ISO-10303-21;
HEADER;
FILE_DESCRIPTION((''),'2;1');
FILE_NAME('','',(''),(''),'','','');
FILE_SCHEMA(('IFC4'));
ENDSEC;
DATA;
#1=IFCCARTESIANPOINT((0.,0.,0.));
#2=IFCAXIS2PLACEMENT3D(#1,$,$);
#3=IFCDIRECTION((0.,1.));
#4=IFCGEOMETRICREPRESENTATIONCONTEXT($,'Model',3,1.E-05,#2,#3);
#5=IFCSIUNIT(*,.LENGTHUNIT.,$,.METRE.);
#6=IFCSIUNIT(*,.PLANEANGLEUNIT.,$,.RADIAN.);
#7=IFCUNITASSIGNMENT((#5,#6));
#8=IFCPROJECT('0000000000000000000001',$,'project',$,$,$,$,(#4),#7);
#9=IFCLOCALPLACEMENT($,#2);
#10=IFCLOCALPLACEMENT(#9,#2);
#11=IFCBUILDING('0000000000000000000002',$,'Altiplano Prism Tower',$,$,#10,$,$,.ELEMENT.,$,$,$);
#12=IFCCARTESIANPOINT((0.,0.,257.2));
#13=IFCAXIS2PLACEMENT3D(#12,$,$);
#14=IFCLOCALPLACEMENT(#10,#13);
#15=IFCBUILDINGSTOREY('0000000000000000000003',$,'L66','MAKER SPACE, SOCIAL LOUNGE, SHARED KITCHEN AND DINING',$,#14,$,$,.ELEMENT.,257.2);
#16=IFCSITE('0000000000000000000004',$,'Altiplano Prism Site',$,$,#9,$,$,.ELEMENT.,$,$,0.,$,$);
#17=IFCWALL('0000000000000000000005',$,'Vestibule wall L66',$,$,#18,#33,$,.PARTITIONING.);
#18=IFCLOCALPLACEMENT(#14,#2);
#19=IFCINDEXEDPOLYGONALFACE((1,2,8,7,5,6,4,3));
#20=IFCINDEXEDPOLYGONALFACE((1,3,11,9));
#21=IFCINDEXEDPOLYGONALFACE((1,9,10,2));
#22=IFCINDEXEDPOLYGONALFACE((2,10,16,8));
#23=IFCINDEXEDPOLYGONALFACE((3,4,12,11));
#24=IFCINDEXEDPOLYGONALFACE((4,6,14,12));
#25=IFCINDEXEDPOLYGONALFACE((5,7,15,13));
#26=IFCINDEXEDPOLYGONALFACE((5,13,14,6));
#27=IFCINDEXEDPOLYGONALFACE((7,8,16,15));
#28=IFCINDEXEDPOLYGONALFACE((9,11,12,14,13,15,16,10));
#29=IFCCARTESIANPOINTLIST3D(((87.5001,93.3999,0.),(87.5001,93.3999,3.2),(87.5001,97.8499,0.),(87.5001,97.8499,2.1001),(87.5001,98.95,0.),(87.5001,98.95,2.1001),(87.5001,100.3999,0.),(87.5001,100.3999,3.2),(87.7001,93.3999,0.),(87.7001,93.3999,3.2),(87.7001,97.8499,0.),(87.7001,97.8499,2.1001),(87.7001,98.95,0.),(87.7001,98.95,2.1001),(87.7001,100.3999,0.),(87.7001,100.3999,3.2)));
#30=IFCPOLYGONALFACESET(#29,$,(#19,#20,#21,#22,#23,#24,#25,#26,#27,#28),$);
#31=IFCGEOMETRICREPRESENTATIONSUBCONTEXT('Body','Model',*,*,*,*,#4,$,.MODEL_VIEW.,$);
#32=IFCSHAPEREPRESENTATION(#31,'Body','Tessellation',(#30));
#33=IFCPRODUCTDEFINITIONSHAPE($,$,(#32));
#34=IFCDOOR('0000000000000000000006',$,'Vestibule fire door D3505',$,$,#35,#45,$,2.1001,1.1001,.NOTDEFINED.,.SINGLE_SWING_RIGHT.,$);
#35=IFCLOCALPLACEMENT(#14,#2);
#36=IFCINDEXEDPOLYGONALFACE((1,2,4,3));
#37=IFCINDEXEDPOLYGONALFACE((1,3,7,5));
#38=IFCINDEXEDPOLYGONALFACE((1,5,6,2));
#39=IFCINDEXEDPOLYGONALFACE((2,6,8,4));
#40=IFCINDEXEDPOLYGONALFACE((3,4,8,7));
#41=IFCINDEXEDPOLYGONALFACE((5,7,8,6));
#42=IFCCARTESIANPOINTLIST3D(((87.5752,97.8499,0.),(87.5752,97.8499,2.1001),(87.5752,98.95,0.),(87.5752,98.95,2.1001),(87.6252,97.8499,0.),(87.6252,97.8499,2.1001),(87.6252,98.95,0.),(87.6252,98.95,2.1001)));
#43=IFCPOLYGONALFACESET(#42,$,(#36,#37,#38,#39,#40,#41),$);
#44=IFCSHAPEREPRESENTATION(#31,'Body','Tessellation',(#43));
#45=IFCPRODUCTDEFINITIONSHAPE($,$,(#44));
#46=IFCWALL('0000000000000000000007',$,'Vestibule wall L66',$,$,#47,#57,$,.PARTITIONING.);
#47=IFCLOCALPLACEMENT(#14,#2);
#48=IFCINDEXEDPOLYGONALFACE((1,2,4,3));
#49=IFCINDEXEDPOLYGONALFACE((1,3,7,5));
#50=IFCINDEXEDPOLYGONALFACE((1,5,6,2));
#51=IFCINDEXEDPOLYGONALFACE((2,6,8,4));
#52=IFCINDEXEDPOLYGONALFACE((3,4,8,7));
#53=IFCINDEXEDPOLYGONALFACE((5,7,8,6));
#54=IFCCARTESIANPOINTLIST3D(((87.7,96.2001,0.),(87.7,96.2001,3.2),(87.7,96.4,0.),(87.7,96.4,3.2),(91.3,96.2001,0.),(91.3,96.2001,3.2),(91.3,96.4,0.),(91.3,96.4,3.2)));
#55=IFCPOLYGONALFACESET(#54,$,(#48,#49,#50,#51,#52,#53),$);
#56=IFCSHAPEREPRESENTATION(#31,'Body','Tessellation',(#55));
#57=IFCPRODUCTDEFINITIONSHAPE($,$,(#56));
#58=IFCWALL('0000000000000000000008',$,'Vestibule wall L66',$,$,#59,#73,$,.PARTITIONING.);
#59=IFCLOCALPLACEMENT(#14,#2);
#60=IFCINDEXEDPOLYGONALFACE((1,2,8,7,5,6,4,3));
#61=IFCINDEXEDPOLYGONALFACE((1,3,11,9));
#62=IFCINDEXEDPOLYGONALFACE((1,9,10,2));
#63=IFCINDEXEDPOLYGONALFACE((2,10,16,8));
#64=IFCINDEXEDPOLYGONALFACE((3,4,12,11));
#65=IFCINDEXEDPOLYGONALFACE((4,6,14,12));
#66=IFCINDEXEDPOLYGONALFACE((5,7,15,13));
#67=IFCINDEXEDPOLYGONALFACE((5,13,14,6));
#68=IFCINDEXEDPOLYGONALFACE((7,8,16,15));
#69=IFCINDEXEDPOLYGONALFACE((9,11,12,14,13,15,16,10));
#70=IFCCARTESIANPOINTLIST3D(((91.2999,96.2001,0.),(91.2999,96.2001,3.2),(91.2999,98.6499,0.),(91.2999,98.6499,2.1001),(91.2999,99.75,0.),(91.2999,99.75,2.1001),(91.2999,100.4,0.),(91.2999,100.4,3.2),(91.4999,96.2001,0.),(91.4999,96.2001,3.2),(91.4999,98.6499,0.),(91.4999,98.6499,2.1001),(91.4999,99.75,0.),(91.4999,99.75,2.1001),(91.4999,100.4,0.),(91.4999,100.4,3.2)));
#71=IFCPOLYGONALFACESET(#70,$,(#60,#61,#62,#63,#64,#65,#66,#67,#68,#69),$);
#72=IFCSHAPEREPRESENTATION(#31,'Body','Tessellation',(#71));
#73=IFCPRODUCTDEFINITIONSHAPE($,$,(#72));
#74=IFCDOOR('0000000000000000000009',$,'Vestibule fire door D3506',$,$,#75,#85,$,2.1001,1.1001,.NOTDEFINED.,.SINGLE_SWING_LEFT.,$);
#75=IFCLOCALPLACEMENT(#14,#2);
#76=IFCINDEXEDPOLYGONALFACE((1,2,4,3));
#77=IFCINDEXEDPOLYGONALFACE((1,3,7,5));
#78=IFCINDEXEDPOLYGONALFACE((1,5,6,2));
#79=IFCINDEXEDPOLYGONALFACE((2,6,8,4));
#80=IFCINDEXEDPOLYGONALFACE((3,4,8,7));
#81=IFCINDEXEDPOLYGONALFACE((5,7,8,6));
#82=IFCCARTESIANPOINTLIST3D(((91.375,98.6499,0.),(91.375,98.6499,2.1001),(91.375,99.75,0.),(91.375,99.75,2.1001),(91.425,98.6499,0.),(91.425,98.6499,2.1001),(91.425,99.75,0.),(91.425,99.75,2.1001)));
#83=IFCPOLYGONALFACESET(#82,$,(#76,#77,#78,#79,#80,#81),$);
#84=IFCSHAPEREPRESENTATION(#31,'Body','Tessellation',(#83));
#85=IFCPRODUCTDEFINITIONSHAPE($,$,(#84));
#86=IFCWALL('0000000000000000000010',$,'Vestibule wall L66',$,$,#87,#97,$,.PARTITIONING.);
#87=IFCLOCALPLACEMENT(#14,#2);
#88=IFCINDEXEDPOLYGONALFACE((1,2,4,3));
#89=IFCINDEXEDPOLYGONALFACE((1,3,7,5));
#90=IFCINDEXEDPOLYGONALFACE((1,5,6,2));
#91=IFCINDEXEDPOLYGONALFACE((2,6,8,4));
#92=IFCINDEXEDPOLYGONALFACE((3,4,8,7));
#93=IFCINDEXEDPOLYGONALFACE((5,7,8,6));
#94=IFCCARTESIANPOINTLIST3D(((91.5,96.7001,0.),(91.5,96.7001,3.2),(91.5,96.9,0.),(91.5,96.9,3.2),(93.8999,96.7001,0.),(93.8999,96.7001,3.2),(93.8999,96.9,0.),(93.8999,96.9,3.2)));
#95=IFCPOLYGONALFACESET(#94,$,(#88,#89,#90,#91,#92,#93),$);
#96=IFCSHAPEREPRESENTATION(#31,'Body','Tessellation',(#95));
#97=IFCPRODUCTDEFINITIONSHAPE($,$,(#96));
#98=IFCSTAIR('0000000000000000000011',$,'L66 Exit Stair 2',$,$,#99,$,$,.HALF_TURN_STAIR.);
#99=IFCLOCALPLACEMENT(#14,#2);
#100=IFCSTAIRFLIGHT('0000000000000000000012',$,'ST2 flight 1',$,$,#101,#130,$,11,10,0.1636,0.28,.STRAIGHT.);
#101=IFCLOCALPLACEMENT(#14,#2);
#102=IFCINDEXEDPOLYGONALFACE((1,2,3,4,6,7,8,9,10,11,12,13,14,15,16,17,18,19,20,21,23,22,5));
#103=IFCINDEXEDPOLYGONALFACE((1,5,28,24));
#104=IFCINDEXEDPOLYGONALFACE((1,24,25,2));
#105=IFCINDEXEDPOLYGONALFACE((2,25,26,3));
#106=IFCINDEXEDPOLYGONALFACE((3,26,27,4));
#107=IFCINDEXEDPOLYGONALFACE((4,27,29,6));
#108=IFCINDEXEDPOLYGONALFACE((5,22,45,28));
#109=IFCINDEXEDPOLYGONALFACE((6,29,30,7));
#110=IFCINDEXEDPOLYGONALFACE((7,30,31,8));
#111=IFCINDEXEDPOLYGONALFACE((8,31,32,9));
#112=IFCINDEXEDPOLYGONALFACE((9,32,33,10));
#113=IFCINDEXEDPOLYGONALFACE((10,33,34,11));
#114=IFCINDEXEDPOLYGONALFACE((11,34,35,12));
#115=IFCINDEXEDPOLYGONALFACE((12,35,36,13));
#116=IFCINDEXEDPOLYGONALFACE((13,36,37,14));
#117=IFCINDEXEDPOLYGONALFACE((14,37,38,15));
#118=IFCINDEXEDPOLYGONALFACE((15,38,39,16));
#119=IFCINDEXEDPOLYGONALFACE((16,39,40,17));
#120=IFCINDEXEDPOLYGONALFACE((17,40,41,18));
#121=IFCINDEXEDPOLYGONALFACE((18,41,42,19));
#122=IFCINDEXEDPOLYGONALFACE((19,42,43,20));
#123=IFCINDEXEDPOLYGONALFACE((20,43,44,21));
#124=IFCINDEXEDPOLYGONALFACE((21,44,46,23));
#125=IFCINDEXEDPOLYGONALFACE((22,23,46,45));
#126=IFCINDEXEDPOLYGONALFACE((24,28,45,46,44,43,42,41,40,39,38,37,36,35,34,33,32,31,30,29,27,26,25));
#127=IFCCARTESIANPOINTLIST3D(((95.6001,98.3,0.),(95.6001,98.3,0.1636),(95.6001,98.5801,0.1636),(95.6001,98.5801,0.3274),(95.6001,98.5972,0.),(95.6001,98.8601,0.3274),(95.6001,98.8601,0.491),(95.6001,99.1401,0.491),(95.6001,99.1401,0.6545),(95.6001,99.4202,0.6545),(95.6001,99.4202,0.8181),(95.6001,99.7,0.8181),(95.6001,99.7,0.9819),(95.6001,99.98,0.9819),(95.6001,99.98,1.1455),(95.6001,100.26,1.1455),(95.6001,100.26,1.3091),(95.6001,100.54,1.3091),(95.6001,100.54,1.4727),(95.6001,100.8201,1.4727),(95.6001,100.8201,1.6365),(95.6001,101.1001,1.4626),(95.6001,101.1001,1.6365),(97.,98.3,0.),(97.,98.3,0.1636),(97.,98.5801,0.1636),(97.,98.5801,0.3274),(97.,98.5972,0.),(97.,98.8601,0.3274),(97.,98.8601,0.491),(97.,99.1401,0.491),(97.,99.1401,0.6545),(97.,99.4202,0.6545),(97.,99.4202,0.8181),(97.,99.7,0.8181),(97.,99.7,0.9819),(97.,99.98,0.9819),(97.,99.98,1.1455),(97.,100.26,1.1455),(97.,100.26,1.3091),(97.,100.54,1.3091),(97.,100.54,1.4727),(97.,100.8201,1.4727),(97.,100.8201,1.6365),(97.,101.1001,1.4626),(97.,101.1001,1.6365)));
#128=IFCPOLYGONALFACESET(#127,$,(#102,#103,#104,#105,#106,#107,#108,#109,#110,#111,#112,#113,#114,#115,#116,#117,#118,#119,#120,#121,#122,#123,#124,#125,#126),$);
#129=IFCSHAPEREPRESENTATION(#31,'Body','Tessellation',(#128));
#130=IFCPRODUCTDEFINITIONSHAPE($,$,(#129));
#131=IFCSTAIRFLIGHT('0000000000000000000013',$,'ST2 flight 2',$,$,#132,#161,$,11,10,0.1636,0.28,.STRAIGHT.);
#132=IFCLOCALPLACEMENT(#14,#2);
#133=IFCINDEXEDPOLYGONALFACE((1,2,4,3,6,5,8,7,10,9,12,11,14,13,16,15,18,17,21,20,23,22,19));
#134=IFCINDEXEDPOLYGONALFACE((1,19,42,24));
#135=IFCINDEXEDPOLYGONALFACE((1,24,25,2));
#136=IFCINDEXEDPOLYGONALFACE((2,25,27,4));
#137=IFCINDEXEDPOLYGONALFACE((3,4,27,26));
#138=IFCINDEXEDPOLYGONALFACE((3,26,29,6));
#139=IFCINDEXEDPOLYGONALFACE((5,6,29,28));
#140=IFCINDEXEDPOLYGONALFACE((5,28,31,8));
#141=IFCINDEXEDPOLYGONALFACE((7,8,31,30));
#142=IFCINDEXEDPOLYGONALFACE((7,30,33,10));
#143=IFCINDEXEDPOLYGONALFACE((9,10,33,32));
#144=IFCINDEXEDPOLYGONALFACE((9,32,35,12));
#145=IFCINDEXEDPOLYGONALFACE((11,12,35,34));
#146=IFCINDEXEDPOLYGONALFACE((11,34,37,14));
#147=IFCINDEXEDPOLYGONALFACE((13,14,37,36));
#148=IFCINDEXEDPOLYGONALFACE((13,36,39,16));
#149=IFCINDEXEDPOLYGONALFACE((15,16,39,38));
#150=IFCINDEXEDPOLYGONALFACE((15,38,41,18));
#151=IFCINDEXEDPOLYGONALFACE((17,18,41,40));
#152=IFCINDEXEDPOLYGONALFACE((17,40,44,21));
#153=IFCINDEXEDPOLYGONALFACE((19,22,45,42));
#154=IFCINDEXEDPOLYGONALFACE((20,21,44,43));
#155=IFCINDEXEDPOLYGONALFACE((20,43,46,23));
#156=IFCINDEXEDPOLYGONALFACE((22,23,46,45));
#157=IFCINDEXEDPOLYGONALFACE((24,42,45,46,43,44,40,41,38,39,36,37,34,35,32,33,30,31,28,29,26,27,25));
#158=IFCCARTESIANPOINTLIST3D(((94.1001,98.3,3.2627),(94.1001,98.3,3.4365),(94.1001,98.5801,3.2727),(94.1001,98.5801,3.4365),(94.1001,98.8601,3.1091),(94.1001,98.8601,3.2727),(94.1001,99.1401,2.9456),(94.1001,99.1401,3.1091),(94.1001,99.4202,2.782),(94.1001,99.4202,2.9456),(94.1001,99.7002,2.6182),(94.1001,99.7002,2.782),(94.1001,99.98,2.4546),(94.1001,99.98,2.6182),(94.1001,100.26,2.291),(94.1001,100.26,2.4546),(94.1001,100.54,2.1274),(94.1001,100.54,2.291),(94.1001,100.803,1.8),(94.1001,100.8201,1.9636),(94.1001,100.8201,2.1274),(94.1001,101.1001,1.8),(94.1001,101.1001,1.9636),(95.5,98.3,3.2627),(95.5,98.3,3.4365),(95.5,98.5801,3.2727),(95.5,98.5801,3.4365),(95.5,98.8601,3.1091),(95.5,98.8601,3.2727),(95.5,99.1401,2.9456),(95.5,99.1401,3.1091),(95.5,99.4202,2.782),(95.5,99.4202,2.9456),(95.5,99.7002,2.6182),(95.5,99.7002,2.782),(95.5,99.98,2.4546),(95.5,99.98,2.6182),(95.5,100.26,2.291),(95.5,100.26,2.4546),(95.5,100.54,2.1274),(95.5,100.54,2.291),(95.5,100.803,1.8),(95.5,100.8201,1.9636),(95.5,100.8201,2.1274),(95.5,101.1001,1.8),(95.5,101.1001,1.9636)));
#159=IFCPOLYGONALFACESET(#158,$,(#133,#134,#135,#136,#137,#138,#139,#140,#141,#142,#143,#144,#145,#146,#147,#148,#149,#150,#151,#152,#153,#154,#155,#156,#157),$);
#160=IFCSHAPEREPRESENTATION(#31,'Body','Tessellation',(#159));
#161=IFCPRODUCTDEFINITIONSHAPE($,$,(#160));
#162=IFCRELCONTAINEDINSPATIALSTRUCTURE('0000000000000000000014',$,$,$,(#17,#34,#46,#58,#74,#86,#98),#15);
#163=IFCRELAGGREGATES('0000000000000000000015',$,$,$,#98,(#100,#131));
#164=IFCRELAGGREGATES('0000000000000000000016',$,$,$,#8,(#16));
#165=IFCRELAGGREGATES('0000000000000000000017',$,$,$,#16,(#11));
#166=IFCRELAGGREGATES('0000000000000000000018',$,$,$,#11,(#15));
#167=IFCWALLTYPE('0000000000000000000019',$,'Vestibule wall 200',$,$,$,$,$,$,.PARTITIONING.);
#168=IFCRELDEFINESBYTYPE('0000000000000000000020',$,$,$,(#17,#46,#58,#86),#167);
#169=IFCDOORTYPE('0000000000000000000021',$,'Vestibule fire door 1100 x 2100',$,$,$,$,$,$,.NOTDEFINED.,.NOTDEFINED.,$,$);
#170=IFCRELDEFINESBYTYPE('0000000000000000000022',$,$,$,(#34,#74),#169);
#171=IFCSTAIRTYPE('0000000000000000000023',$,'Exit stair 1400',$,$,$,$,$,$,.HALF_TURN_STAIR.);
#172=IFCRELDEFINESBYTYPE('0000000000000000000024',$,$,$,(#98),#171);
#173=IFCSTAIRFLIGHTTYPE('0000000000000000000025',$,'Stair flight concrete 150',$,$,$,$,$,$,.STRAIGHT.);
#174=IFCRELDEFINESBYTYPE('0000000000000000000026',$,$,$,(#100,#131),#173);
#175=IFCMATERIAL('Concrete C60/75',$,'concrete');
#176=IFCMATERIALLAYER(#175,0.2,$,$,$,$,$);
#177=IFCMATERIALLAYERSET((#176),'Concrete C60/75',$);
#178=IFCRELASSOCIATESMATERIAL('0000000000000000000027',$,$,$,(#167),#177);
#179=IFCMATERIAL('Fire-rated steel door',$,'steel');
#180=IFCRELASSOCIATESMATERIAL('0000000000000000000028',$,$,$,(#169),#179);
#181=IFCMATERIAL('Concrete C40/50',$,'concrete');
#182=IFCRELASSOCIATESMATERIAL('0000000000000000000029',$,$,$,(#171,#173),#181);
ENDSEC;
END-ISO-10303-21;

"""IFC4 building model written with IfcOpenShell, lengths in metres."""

from ifc_helpers import new_model, si_unit, direction, frame, frame_2d, origin, place, context, subcontext, project, spatial, polyline, rectangle, outline, extrude, material, layer, layer_set, type_object, element, fill, aggregate, save


model = new_model("IFC4")

# Units and contexts
model_context = context("Model", 3, precision=1e-05, world=origin(), true_north=direction((0.0, 1.0)))
body_context = subcontext(model_context, "Body", "Model", "MODEL_VIEW")
ifc_project = project(units=[si_unit("LENGTHUNIT", "METRE"), si_unit("PLANEANGLEUNIT", "RADIAN")], contexts=[model_context])

# Site, building, storey
site_placement = place(None, origin())
site = spatial("IfcSite", under=ifc_project, at=site_placement, Name="Altiplano Prism Site", CompositionType="ELEMENT", RefElevation=0.0)
building_placement = place(site_placement, origin())
building = spatial("IfcBuilding", under=site, at=building_placement, Name="Altiplano Prism Tower", CompositionType="ELEMENT")
storey_placement = place(building_placement, frame((0.0, 0.0, 257.2)))
storey = spatial("IfcBuildingStorey", under=building, at=storey_placement, Name="L66", Description="MAKER SPACE, SOCIAL LOUNGE, SHARED KITCHEN AND DINING", CompositionType="ELEMENT", Elevation=257.2)

# Shared definitions
ifc_material_1 = material(Name="Concrete C60/75", Category="concrete")

# Shared definitions
ifc_material_2 = material(Name="Fire-rated steel door", Category="steel")

# Shared definitions
ifc_layer_1 = layer(ifc_material_1, 0.2)
ifc_layer_set_1 = layer_set([ifc_layer_1], Name="Concrete C60/75")
wall_type_1 = type_object("IfcWallType", Name="Vestibule wall 200", PredefinedType="PARTITIONING", material=ifc_layer_set_1)

# Wall, opening, door
wall_1_placement = place(storey_placement, frame((87.6001, 93.3999, 0.0), z_axis=(0.0, 0.0, 1.0), x_axis=(0.0, 1.0, 0.0)))
wall_1 = element("IfcWall", 1, at=wall_1_placement, inside=storey, type_object=wall_type_1, Name="Vestibule wall L66", PredefinedType="PARTITIONING", context=body_context, shape_type="SweptSolid", body=[
    extrude(rectangle(XDim=7.0, YDim=0.2, at=frame_2d((3.5, 0.0))), origin(), (0.0, 0.0, 1.0), 3.2),
])
opening_1_placement = place(wall_1_placement, frame((4.45, 0.0, 0.0)))
opening_1 = element("IfcOpeningElement", 2, at=opening_1_placement, cuts=wall_1, PredefinedType="OPENING", context=body_context, shape_type="SweptSolid", body=[
    extrude(rectangle(XDim=1.1001, YDim=2.1001, at=frame_2d((0.55, 1.05))), frame((0.0, 0.1104, 0.0), z_axis=(0.0, -1.0, 0.0), x_axis=(1.0, 0.0, 0.0)), (0.0, 0.0, 1.0), 0.2209),
])
door_type_1 = type_object("IfcDoorType", Name="Vestibule fire door 1100 x 2100", OperationType="NOTDEFINED", PredefinedType="NOTDEFINED", material=ifc_material_2)
door_1_placement = place(opening_1_placement, origin())
door_1 = element("IfcDoor", 3, at=door_1_placement, inside=storey, type_object=door_type_1, Name="Vestibule fire door D3505", OperationType="SINGLE_SWING_RIGHT", OverallHeight=2.1001, OverallWidth=1.1001, PredefinedType="NOTDEFINED", context=body_context, shape_type="SweptSolid", body=[
    extrude(rectangle(XDim=1.1001, YDim=2.1001, at=frame_2d((0.55, 1.05))), frame((0.0, 0.0249, 0.0), z_axis=(0.0, -1.0, 0.0), x_axis=(1.0, 0.0, 0.0)), (0.0, 0.0, 1.0), 0.05),
])
fill(opening_1, door_1)

# Wall
wall_2_placement = place(storey_placement, frame((87.7, 96.3, 0.0), z_axis=(0.0, 0.0, 1.0), x_axis=(1.0, 0.0, 0.0)))
element("IfcWall", 4, at=wall_2_placement, inside=storey, type_object=wall_type_1, Name="Vestibule wall L66", PredefinedType="PARTITIONING", context=body_context, shape_type="SweptSolid", body=[
    extrude(rectangle(XDim=3.6001, YDim=0.2, at=frame_2d((1.8, 0.0))), origin(), (0.0, 0.0, 1.0), 3.2),
])

# Wall, opening, door
wall_3_placement = place(storey_placement, frame((91.3999, 96.2, 0.0), z_axis=(0.0, 0.0, 1.0), x_axis=(0.0, 1.0, 0.0)))
wall_3 = element("IfcWall", 5, at=wall_3_placement, inside=storey, type_object=wall_type_1, Name="Vestibule wall L66", PredefinedType="PARTITIONING", context=body_context, shape_type="SweptSolid", body=[
    extrude(rectangle(XDim=4.2, YDim=0.2, at=frame_2d((2.1001, 0.0))), origin(), (0.0, 0.0, 1.0), 3.2),
])
opening_2_placement = place(wall_3_placement, frame((2.45, 0.0, 0.0)))
opening_2 = element("IfcOpeningElement", 6, at=opening_2_placement, cuts=wall_3, PredefinedType="OPENING", context=body_context, shape_type="SweptSolid", body=[
    extrude(rectangle(XDim=1.1001, YDim=2.1001, at=frame_2d((0.55, 1.05))), frame((0.0, 0.1104, 0.0), z_axis=(0.0, -1.0, 0.0), x_axis=(1.0, 0.0, 0.0)), (0.0, 0.0, 1.0), 0.2209),
])
door_2_placement = place(opening_2_placement, origin())
door_2 = element("IfcDoor", 7, at=door_2_placement, inside=storey, type_object=door_type_1, Name="Vestibule fire door D3506", OperationType="SINGLE_SWING_LEFT", OverallHeight=2.1001, OverallWidth=1.1001, PredefinedType="NOTDEFINED", context=body_context, shape_type="SweptSolid", body=[
    extrude(rectangle(XDim=1.1001, YDim=2.1001, at=frame_2d((0.55, 1.05))), frame((0.0, 0.0249, 0.0), z_axis=(0.0, -1.0, 0.0), x_axis=(1.0, 0.0, 0.0)), (0.0, 0.0, 1.0), 0.05),
])
fill(opening_2, door_2)

# Wall
wall_4_placement = place(storey_placement, frame((91.5, 96.8, 0.0), z_axis=(0.0, 0.0, 1.0), x_axis=(1.0, 0.0, 0.0)))
element("IfcWall", 8, at=wall_4_placement, inside=storey, type_object=wall_type_1, Name="Vestibule wall L66", PredefinedType="PARTITIONING", context=body_context, shape_type="SweptSolid", body=[
    extrude(rectangle(XDim=2.3999, YDim=0.2, at=frame_2d((1.2, 0.0))), origin(), (0.0, 0.0, 1.0), 3.2),
])

# Stair, stair flights
ifc_material_3 = material(Name="Concrete C40/50", Category="concrete")
stair_type = type_object("IfcStairType", Name="Exit stair 1400", PredefinedType="HALF_TURN_STAIR", material=ifc_material_3)
stair_placement = place(storey_placement, origin())
stair = element("IfcStair", 9, at=stair_placement, inside=storey, type_object=stair_type, Name="L66 Exit Stair 2", PredefinedType="HALF_TURN_STAIR")
stair_flight_type = type_object("IfcStairFlightType", Name="Stair flight concrete 150", PredefinedType="STRAIGHT", material=ifc_material_3)
stair_flight_1_placement = place(storey_placement, frame((96.3, 98.3, 0.0), z_axis=(0.0, 0.0, 1.0), x_axis=(0.0, 1.0, 0.0)))
stair_flight_1 = element("IfcStairFlight", 10, at=stair_flight_1_placement, type_object=stair_flight_type, Name="ST2 flight 1", NumberOfRisers=11, NumberOfTreads=10, PredefinedType="STRAIGHT", RiserHeight=0.1636, TreadLength=0.28, context=body_context, shape_type="SweptSolid", body=[
    extrude(outline(polyline([(0.0, 0.0), (0.0, 0.1636), (0.28, 0.1636), (0.28, 0.3274), (0.5601, 0.3274), (0.5601, 0.491), (0.8401, 0.491), (0.8401, 0.6545), (1.1201, 0.6545), (1.1201, 0.8181), (1.3999, 0.8181), (1.3999, 0.9819), (1.6799, 0.9819), (1.6799, 1.1455), (1.96, 1.1455), (1.96, 1.3091), (2.24, 1.3091), (2.24, 1.4727), (2.52, 1.4727), (2.52, 1.6365), (2.8, 1.6365), (2.8, 1.8), (2.8, 1.4626), (0.2971, 0.0), (0.0, 0.0)])), frame((0.0, 0.7, 0.0), z_axis=(0.0, -1.0, 0.0), x_axis=(1.0, 0.0, 0.0)), (0.0, 0.0, 1.0), 1.3999),
])
stair_flight_2_placement = place(storey_placement, frame((94.8, 101.1001, 1.8), z_axis=(0.0, 0.0, 1.0), x_axis=(0.0, -1.0, 0.0)))
stair_flight_2 = element("IfcStairFlight", 11, at=stair_flight_2_placement, type_object=stair_flight_type, Name="ST2 flight 2", NumberOfRisers=11, NumberOfTreads=10, PredefinedType="STRAIGHT", RiserHeight=0.1636, TreadLength=0.28, context=body_context, shape_type="SweptSolid", body=[
    extrude(outline(polyline([(0.0, 0.0), (0.0, 0.1636), (0.28, 0.1636), (0.28, 0.3274), (0.5601, 0.3274), (0.5601, 0.491), (0.8401, 0.491), (0.8401, 0.6545), (1.1201, 0.6545), (1.1201, 0.8181), (1.3999, 0.8181), (1.3999, 0.9819), (1.6799, 0.9819), (1.6799, 1.1455), (1.96, 1.1455), (1.96, 1.3091), (2.24, 1.3091), (2.24, 1.4727), (2.52, 1.4727), (2.52, 1.6365), (2.8, 1.6365), (2.8, 1.8), (2.8, 1.4626), (0.2971, 0.0), (0.0, 0.0)])), frame((0.0, 0.7, 0.0), z_axis=(0.0, -1.0, 0.0), x_axis=(1.0, 0.0, 0.0)), (0.0, 0.0, 1.0), 1.3999),
])
aggregate(stair, [stair_flight_1, stair_flight_2])

save(model, "model.ifc")
